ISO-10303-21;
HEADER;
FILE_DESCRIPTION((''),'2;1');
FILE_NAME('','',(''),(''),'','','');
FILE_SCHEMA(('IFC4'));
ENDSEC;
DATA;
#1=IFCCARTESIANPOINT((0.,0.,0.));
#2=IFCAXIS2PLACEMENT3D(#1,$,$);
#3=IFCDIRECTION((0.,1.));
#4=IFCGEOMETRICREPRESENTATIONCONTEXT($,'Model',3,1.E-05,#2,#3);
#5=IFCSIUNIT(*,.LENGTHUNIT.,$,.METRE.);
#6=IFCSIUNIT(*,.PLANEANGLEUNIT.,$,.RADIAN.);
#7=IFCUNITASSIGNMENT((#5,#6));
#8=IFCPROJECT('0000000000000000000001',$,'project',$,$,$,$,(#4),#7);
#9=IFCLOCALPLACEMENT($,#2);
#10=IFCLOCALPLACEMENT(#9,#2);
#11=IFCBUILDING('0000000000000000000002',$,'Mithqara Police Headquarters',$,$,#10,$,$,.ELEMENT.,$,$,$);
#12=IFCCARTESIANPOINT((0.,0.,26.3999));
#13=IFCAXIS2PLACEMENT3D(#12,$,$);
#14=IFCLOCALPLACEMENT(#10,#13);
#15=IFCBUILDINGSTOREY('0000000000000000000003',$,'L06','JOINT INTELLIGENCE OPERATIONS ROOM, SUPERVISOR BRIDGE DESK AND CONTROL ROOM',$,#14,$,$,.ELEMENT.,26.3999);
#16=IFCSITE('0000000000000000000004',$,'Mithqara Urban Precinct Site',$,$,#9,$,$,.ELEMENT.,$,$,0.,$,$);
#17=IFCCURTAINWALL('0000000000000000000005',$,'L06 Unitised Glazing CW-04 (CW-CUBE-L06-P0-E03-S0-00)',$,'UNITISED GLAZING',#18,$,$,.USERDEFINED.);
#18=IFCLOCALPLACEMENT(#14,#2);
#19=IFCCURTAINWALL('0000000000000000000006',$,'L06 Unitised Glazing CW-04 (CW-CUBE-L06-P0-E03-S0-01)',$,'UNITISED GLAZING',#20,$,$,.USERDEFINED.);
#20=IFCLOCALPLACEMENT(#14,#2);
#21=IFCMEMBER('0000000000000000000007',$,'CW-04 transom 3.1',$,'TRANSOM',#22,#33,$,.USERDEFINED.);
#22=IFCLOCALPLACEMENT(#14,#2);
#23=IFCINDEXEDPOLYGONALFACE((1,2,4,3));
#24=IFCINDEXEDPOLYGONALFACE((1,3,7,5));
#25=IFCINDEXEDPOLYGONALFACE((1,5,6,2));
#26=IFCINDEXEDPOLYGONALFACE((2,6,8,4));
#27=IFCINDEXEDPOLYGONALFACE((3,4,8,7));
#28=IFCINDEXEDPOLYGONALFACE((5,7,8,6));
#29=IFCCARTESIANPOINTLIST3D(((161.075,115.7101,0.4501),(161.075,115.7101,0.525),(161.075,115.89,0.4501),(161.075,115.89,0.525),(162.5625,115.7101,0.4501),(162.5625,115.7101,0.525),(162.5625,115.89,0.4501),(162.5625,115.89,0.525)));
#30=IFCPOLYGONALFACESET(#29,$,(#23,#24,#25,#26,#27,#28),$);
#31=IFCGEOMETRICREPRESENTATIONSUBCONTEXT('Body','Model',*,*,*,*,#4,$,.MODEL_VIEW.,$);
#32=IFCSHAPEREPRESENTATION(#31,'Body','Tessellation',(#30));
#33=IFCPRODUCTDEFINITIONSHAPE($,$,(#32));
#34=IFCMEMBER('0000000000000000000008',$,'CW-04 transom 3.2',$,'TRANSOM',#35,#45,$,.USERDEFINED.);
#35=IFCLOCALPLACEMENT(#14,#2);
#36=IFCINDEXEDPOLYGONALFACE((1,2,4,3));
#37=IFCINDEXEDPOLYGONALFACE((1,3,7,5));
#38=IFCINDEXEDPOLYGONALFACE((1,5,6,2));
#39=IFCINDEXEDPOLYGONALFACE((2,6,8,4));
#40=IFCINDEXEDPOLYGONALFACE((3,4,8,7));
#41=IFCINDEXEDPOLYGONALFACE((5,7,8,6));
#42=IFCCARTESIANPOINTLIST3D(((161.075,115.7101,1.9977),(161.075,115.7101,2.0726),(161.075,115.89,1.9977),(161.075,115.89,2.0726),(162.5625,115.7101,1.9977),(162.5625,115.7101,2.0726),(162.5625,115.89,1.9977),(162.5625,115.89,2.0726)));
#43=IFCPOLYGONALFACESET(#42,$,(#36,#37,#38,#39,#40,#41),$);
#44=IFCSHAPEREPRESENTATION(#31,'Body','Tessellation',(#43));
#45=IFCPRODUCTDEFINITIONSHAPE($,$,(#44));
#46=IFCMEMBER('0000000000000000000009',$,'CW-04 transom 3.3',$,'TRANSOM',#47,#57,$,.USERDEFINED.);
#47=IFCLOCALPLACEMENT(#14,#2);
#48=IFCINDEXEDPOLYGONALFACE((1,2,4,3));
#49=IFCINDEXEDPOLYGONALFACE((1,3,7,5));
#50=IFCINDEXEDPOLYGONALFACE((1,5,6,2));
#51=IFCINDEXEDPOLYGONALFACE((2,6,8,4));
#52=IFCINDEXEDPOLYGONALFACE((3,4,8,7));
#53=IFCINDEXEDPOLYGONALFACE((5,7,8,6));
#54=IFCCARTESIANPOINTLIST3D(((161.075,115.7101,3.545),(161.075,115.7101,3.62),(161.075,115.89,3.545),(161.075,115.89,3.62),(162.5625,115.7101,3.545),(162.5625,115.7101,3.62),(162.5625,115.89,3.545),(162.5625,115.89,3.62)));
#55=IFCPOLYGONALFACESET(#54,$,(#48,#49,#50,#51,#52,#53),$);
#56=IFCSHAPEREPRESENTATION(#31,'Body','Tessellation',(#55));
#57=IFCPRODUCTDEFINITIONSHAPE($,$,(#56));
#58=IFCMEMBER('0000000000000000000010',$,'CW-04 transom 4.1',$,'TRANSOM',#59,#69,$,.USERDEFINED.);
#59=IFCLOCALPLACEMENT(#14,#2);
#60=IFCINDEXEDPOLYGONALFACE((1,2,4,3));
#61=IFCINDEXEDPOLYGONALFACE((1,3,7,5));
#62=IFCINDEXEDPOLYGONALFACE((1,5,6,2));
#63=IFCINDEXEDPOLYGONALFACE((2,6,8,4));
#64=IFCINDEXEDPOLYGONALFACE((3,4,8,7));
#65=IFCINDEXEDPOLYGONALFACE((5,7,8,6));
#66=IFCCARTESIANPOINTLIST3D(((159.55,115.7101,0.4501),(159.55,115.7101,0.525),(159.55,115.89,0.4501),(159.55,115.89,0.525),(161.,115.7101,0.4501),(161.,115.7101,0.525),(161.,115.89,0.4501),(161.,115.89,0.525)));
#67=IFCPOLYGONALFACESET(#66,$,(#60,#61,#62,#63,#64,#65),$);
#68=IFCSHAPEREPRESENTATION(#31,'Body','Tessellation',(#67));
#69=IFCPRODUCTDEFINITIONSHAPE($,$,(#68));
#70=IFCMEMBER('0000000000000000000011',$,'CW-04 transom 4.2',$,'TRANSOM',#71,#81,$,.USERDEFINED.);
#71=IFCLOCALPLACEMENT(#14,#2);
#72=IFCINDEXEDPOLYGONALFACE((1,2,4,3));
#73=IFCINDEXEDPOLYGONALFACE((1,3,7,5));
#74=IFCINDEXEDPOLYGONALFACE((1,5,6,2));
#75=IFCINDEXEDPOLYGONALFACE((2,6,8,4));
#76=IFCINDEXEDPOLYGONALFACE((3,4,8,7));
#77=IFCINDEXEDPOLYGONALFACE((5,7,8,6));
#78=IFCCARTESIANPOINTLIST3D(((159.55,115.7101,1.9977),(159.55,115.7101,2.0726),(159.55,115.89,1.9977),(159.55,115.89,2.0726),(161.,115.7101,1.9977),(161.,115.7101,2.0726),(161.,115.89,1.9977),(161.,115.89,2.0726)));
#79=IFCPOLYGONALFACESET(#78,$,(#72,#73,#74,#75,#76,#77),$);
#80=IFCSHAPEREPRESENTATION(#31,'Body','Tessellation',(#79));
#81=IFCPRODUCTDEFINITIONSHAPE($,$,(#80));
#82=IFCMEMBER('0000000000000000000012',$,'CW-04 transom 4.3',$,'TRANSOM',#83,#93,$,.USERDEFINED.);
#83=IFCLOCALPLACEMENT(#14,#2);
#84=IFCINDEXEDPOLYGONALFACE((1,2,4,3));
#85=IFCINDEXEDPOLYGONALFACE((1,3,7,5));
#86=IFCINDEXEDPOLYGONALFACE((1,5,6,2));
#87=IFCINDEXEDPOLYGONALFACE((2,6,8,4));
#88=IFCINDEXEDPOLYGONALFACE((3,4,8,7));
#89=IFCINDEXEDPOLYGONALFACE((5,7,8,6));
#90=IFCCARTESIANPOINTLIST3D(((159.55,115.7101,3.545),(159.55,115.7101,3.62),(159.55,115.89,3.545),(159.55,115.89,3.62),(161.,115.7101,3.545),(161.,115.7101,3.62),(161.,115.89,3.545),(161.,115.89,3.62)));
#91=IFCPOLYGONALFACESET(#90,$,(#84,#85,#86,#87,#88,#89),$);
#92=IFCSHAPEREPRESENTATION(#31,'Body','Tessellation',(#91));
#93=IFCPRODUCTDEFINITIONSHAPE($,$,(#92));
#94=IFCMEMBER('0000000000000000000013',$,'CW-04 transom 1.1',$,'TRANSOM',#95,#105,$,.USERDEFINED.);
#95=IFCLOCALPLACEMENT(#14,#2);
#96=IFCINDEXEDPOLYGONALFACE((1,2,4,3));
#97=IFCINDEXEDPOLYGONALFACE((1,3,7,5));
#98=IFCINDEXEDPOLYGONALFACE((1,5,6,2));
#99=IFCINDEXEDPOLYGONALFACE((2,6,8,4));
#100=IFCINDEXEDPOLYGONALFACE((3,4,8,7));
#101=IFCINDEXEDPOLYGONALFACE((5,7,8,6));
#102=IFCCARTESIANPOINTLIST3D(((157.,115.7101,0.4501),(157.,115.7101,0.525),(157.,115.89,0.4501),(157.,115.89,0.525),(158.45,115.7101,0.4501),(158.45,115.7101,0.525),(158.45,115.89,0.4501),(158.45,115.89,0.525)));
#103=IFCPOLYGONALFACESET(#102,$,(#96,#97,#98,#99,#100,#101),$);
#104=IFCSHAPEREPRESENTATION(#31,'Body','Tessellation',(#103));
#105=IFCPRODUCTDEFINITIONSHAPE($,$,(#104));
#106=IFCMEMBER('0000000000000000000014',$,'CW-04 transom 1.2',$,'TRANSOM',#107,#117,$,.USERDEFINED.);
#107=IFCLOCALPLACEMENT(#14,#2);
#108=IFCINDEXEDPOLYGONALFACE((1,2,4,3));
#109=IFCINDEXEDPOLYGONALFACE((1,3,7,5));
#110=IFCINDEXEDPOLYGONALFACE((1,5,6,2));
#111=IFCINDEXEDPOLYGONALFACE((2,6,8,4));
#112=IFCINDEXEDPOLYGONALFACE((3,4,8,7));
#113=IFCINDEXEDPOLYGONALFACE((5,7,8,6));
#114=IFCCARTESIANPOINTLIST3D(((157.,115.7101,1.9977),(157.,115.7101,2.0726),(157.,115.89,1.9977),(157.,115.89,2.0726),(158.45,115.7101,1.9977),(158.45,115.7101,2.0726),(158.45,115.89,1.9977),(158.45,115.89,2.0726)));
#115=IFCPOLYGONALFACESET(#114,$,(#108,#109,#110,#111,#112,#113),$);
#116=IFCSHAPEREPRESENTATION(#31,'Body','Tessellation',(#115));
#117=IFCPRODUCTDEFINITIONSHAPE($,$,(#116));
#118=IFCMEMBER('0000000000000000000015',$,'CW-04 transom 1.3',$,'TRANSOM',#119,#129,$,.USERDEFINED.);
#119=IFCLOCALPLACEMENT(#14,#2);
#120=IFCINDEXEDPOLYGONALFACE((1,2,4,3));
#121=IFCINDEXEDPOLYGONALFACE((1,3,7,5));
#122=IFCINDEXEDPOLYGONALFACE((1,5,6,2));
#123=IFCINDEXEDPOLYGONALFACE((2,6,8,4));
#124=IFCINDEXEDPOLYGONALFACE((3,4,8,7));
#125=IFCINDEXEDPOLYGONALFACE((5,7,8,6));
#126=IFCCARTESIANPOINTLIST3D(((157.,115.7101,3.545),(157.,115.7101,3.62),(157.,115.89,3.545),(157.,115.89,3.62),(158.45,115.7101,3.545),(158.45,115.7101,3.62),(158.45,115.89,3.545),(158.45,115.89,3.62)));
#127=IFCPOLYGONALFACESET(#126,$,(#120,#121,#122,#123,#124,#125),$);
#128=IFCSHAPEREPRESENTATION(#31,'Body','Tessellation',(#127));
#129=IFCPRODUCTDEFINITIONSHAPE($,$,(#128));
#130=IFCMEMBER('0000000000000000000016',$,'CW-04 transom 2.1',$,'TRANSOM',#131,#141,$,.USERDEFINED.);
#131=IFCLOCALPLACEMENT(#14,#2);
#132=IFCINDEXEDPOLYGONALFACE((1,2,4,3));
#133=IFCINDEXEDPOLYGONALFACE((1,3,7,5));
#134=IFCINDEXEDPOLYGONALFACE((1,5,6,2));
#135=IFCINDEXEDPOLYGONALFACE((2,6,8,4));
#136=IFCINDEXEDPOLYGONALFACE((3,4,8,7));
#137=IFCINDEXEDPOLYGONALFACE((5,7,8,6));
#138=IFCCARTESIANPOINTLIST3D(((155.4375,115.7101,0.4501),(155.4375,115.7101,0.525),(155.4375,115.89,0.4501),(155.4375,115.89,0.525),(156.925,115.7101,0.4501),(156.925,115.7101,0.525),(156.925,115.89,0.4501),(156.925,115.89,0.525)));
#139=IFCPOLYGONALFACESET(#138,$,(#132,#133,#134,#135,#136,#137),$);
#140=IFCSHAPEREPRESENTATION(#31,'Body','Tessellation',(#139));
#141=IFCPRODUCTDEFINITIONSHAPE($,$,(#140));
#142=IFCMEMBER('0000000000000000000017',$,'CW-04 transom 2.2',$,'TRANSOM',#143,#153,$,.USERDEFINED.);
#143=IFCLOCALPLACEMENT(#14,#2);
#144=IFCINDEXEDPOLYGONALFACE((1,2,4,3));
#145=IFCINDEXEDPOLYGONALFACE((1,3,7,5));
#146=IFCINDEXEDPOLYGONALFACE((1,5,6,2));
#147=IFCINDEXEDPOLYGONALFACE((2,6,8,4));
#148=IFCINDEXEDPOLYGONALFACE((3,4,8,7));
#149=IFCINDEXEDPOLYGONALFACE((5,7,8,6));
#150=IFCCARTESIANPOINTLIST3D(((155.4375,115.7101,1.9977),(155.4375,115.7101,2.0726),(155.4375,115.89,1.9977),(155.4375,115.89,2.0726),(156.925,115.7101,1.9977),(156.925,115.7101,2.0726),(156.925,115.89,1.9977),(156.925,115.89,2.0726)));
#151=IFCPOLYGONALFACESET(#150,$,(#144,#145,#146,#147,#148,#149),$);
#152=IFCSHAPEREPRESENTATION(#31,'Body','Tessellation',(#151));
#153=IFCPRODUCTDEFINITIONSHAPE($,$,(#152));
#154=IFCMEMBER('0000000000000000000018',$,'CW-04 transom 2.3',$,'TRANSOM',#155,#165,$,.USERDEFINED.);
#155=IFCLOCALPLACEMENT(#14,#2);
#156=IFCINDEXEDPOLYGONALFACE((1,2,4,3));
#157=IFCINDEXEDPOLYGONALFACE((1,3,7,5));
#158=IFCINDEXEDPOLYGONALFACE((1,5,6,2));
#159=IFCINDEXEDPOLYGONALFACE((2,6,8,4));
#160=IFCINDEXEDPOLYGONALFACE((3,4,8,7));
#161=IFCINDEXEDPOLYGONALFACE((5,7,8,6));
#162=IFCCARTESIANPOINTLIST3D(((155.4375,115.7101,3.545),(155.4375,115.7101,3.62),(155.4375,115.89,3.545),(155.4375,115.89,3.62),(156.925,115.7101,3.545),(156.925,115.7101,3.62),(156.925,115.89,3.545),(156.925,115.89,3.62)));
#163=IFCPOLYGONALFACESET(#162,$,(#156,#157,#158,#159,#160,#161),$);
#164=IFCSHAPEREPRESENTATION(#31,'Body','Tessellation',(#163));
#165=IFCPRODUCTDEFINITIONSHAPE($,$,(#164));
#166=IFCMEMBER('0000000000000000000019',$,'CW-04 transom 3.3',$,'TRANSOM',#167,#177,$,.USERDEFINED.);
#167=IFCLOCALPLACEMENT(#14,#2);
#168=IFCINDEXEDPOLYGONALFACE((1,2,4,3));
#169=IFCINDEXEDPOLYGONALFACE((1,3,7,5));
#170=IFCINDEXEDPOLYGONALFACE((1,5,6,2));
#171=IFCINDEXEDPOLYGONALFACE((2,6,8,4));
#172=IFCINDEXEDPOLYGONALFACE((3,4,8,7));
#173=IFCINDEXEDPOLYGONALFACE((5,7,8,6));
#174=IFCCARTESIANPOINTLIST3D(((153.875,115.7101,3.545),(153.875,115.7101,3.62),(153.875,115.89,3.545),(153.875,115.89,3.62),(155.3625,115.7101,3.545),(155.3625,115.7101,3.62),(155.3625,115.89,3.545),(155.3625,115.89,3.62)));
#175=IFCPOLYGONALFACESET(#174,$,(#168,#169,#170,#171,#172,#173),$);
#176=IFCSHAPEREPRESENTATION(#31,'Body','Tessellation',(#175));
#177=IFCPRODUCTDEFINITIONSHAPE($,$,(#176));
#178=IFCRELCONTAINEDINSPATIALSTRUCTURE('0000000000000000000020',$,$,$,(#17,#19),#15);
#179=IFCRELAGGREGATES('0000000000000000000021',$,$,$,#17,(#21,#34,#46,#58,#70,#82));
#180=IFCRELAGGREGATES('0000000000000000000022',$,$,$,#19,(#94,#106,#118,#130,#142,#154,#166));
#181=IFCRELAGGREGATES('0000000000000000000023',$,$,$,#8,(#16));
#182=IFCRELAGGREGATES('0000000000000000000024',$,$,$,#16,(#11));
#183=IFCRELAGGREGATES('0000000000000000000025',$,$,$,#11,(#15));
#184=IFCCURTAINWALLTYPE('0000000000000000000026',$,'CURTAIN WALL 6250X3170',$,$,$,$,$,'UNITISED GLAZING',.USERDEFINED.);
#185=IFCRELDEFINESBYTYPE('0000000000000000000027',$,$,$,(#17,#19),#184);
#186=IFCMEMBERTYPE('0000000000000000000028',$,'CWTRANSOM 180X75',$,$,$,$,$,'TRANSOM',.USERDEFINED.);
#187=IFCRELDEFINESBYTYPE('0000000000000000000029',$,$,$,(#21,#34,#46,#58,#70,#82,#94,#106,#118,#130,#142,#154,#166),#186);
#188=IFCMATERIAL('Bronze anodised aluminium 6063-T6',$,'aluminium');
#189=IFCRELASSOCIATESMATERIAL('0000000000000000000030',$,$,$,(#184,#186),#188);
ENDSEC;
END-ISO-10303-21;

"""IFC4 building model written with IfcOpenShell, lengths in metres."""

from ifc_helpers import new_model, si_unit, direction, frame, origin, origin_2d, place, context, subcontext, project, spatial, rectangle, extrude, material, material_profile, profile_set, type_object, element, aggregate, save


model = new_model("IFC4")

# Units and contexts
model_context = context("Model", 3, precision=1e-05, world=origin(), true_north=direction((0.0, 1.0)))
body_context = subcontext(model_context, "Body", "Model", "MODEL_VIEW")
ifc_project = project(units=[si_unit("LENGTHUNIT", "METRE"), si_unit("PLANEANGLEUNIT", "RADIAN")], contexts=[model_context])

# Site, building, storey
site_placement = place(None, origin())
site = spatial("IfcSite", under=ifc_project, at=site_placement, Name="Mithqara Urban Precinct Site", CompositionType="ELEMENT", RefElevation=0.0)
building_placement = place(site_placement, origin())
building = spatial("IfcBuilding", under=site, at=building_placement, Name="Mithqara Police Headquarters", CompositionType="ELEMENT")
storey_placement = place(building_placement, frame((0.0, 0.0, 26.3999)))
storey = spatial("IfcBuildingStorey", under=building, at=storey_placement, Name="L06", Description="JOINT INTELLIGENCE OPERATIONS ROOM, SUPERVISOR BRIDGE DESK AND CONTROL ROOM", CompositionType="ELEMENT", Elevation=26.3999)

# Curtain walls
ifc_material_1 = material(Name="Bronze anodised aluminium 6063-T6", Category="aluminium")
curtain_wall_type = type_object("IfcCurtainWallType", Name="CURTAIN WALL 6250X3170", ElementType="UNITISED GLAZING", PredefinedType="USERDEFINED", material=ifc_material_1)
curtain_wall_1_placement = place(storey_placement, origin())
curtain_wall_1 = element("IfcCurtainWall", 1, at=curtain_wall_1_placement, inside=storey, type_object=curtain_wall_type, Name="L06 Unitised Glazing CW-04 (CW-CUBE-L06-P0-E03-S0-00)", ObjectType="UNITISED GLAZING", PredefinedType="USERDEFINED")
curtain_wall_2_placement = place(storey_placement, origin())
curtain_wall_2 = element("IfcCurtainWall", 2, at=curtain_wall_2_placement, inside=storey, type_object=curtain_wall_type, Name="L06 Unitised Glazing CW-04 (CW-CUBE-L06-P0-E03-S0-01)", ObjectType="UNITISED GLAZING", PredefinedType="USERDEFINED")

# Members
ifc_material_profile_1 = material_profile(ifc_material_1, rectangle(XDim=0.1799, YDim=0.075, at=origin_2d()), Name="CWT 180x75")
ifc_profile_set_1 = profile_set([ifc_material_profile_1], Name="Bronze anodised aluminium 6063-T6")
member_type_1 = type_object("IfcMemberType", Name="CWTRANSOM 180X75", ElementType="TRANSOM", PredefinedType="USERDEFINED", material=ifc_profile_set_1)
member_1_placement = place(storey_placement, frame((162.5625, 115.8, 0.4875), z_axis=(-1.0, 0.0, 0.0), x_axis=(0.0, -1.0, 0.0)))
member_1 = element("IfcMember", 3, at=member_1_placement, type_object=member_type_1, Name="CW-04 transom 3.1", ObjectType="TRANSOM", PredefinedType="USERDEFINED", context=body_context, shape_type="SweptSolid", body=[
    extrude(rectangle(XDim=0.1799, YDim=0.075, at=origin_2d()), origin(), (0.0, 0.0, 1.0), 1.4875),
])
member_2_placement = place(storey_placement, frame((162.5625, 115.8, 2.0352), z_axis=(-1.0, 0.0, 0.0), x_axis=(0.0, -1.0, 0.0)))
member_2 = element("IfcMember", 4, at=member_2_placement, type_object=member_type_1, Name="CW-04 transom 3.2", ObjectType="TRANSOM", PredefinedType="USERDEFINED", context=body_context, shape_type="SweptSolid", body=[
    extrude(rectangle(XDim=0.1799, YDim=0.075, at=origin_2d()), origin(), (0.0, 0.0, 1.0), 1.4875),
])
member_3_placement = place(storey_placement, frame((162.5625, 115.8, 3.5825), z_axis=(-1.0, 0.0, 0.0), x_axis=(0.0, -1.0, 0.0)))
member_3 = element("IfcMember", 5, at=member_3_placement, type_object=member_type_1, Name="CW-04 transom 3.3", ObjectType="TRANSOM", PredefinedType="USERDEFINED", context=body_context, shape_type="SweptSolid", body=[
    extrude(rectangle(XDim=0.1799, YDim=0.075, at=origin_2d()), origin(), (0.0, 0.0, 1.0), 1.4875),
])
member_4_placement = place(storey_placement, frame((161.0, 115.8, 0.4875), z_axis=(-1.0, 0.0, 0.0), x_axis=(0.0, -1.0, 0.0)))
member_4 = element("IfcMember", 6, at=member_4_placement, type_object=member_type_1, Name="CW-04 transom 4.1", ObjectType="TRANSOM", PredefinedType="USERDEFINED", context=body_context, shape_type="SweptSolid", body=[
    extrude(rectangle(XDim=0.1799, YDim=0.075, at=origin_2d()), origin(), (0.0, 0.0, 1.0), 1.45),
])
member_5_placement = place(storey_placement, frame((161.0, 115.8, 2.0352), z_axis=(-1.0, 0.0, 0.0), x_axis=(0.0, -1.0, 0.0)))
member_5 = element("IfcMember", 7, at=member_5_placement, type_object=member_type_1, Name="CW-04 transom 4.2", ObjectType="TRANSOM", PredefinedType="USERDEFINED", context=body_context, shape_type="SweptSolid", body=[
    extrude(rectangle(XDim=0.1799, YDim=0.075, at=origin_2d()), origin(), (0.0, 0.0, 1.0), 1.45),
])
member_6_placement = place(storey_placement, frame((161.0, 115.8, 3.5825), z_axis=(-1.0, 0.0, 0.0), x_axis=(0.0, -1.0, 0.0)))
member_6 = element("IfcMember", 8, at=member_6_placement, type_object=member_type_1, Name="CW-04 transom 4.3", ObjectType="TRANSOM", PredefinedType="USERDEFINED", context=body_context, shape_type="SweptSolid", body=[
    extrude(rectangle(XDim=0.1799, YDim=0.075, at=origin_2d()), origin(), (0.0, 0.0, 1.0), 1.45),
])
member_7_placement = place(storey_placement, frame((158.45, 115.8, 0.4875), z_axis=(-1.0, 0.0, 0.0), x_axis=(0.0, -1.0, 0.0)))
member_7 = element("IfcMember", 9, at=member_7_placement, type_object=member_type_1, Name="CW-04 transom 1.1", ObjectType="TRANSOM", PredefinedType="USERDEFINED", context=body_context, shape_type="SweptSolid", body=[
    extrude(rectangle(XDim=0.1799, YDim=0.075, at=origin_2d()), origin(), (0.0, 0.0, 1.0), 1.45),
])
member_8_placement = place(storey_placement, frame((158.45, 115.8, 2.0352), z_axis=(-1.0, 0.0, 0.0), x_axis=(0.0, -1.0, 0.0)))
member_8 = element("IfcMember", 10, at=member_8_placement, type_object=member_type_1, Name="CW-04 transom 1.2", ObjectType="TRANSOM", PredefinedType="USERDEFINED", context=body_context, shape_type="SweptSolid", body=[
    extrude(rectangle(XDim=0.1799, YDim=0.075, at=origin_2d()), origin(), (0.0, 0.0, 1.0), 1.45),
])
member_9_placement = place(storey_placement, frame((158.45, 115.8, 3.5825), z_axis=(-1.0, 0.0, 0.0), x_axis=(0.0, -1.0, 0.0)))
member_9 = element("IfcMember", 11, at=member_9_placement, type_object=member_type_1, Name="CW-04 transom 1.3", ObjectType="TRANSOM", PredefinedType="USERDEFINED", context=body_context, shape_type="SweptSolid", body=[
    extrude(rectangle(XDim=0.1799, YDim=0.075, at=origin_2d()), origin(), (0.0, 0.0, 1.0), 1.45),
])
member_10_placement = place(storey_placement, frame((156.925, 115.8, 0.4875), z_axis=(-1.0, 0.0, 0.0), x_axis=(0.0, -1.0, 0.0)))
member_10 = element("IfcMember", 12, at=member_10_placement, type_object=member_type_1, Name="CW-04 transom 2.1", ObjectType="TRANSOM", PredefinedType="USERDEFINED", context=body_context, shape_type="SweptSolid", body=[
    extrude(rectangle(XDim=0.1799, YDim=0.075, at=origin_2d()), origin(), (0.0, 0.0, 1.0), 1.4875),
])
member_11_placement = place(storey_placement, frame((156.925, 115.8, 2.0352), z_axis=(-1.0, 0.0, 0.0), x_axis=(0.0, -1.0, 0.0)))
member_11 = element("IfcMember", 13, at=member_11_placement, type_object=member_type_1, Name="CW-04 transom 2.2", ObjectType="TRANSOM", PredefinedType="USERDEFINED", context=body_context, shape_type="SweptSolid", body=[
    extrude(rectangle(XDim=0.1799, YDim=0.075, at=origin_2d()), origin(), (0.0, 0.0, 1.0), 1.4875),
])
member_12_placement = place(storey_placement, frame((156.925, 115.8, 3.5825), z_axis=(-1.0, 0.0, 0.0), x_axis=(0.0, -1.0, 0.0)))
member_12 = element("IfcMember", 14, at=member_12_placement, type_object=member_type_1, Name="CW-04 transom 2.3", ObjectType="TRANSOM", PredefinedType="USERDEFINED", context=body_context, shape_type="SweptSolid", body=[
    extrude(rectangle(XDim=0.1799, YDim=0.075, at=origin_2d()), origin(), (0.0, 0.0, 1.0), 1.4875),
])
member_13_placement = place(storey_placement, frame((155.3625, 115.8, 3.5825), z_axis=(-1.0, 0.0, 0.0), x_axis=(0.0, -1.0, 0.0)))
member_13 = element("IfcMember", 15, at=member_13_placement, type_object=member_type_1, Name="CW-04 transom 3.3", ObjectType="TRANSOM", PredefinedType="USERDEFINED", context=body_context, shape_type="SweptSolid", body=[
    extrude(rectangle(XDim=0.1799, YDim=0.075, at=origin_2d()), origin(), (0.0, 0.0, 1.0), 1.4875),
])

aggregate(curtain_wall_1, [member_1, member_2, member_3, member_4, member_5, member_6])
aggregate(curtain_wall_2, [member_7, member_8, member_9, member_10, member_11, member_12, member_13])

save(model, "model.ifc")
